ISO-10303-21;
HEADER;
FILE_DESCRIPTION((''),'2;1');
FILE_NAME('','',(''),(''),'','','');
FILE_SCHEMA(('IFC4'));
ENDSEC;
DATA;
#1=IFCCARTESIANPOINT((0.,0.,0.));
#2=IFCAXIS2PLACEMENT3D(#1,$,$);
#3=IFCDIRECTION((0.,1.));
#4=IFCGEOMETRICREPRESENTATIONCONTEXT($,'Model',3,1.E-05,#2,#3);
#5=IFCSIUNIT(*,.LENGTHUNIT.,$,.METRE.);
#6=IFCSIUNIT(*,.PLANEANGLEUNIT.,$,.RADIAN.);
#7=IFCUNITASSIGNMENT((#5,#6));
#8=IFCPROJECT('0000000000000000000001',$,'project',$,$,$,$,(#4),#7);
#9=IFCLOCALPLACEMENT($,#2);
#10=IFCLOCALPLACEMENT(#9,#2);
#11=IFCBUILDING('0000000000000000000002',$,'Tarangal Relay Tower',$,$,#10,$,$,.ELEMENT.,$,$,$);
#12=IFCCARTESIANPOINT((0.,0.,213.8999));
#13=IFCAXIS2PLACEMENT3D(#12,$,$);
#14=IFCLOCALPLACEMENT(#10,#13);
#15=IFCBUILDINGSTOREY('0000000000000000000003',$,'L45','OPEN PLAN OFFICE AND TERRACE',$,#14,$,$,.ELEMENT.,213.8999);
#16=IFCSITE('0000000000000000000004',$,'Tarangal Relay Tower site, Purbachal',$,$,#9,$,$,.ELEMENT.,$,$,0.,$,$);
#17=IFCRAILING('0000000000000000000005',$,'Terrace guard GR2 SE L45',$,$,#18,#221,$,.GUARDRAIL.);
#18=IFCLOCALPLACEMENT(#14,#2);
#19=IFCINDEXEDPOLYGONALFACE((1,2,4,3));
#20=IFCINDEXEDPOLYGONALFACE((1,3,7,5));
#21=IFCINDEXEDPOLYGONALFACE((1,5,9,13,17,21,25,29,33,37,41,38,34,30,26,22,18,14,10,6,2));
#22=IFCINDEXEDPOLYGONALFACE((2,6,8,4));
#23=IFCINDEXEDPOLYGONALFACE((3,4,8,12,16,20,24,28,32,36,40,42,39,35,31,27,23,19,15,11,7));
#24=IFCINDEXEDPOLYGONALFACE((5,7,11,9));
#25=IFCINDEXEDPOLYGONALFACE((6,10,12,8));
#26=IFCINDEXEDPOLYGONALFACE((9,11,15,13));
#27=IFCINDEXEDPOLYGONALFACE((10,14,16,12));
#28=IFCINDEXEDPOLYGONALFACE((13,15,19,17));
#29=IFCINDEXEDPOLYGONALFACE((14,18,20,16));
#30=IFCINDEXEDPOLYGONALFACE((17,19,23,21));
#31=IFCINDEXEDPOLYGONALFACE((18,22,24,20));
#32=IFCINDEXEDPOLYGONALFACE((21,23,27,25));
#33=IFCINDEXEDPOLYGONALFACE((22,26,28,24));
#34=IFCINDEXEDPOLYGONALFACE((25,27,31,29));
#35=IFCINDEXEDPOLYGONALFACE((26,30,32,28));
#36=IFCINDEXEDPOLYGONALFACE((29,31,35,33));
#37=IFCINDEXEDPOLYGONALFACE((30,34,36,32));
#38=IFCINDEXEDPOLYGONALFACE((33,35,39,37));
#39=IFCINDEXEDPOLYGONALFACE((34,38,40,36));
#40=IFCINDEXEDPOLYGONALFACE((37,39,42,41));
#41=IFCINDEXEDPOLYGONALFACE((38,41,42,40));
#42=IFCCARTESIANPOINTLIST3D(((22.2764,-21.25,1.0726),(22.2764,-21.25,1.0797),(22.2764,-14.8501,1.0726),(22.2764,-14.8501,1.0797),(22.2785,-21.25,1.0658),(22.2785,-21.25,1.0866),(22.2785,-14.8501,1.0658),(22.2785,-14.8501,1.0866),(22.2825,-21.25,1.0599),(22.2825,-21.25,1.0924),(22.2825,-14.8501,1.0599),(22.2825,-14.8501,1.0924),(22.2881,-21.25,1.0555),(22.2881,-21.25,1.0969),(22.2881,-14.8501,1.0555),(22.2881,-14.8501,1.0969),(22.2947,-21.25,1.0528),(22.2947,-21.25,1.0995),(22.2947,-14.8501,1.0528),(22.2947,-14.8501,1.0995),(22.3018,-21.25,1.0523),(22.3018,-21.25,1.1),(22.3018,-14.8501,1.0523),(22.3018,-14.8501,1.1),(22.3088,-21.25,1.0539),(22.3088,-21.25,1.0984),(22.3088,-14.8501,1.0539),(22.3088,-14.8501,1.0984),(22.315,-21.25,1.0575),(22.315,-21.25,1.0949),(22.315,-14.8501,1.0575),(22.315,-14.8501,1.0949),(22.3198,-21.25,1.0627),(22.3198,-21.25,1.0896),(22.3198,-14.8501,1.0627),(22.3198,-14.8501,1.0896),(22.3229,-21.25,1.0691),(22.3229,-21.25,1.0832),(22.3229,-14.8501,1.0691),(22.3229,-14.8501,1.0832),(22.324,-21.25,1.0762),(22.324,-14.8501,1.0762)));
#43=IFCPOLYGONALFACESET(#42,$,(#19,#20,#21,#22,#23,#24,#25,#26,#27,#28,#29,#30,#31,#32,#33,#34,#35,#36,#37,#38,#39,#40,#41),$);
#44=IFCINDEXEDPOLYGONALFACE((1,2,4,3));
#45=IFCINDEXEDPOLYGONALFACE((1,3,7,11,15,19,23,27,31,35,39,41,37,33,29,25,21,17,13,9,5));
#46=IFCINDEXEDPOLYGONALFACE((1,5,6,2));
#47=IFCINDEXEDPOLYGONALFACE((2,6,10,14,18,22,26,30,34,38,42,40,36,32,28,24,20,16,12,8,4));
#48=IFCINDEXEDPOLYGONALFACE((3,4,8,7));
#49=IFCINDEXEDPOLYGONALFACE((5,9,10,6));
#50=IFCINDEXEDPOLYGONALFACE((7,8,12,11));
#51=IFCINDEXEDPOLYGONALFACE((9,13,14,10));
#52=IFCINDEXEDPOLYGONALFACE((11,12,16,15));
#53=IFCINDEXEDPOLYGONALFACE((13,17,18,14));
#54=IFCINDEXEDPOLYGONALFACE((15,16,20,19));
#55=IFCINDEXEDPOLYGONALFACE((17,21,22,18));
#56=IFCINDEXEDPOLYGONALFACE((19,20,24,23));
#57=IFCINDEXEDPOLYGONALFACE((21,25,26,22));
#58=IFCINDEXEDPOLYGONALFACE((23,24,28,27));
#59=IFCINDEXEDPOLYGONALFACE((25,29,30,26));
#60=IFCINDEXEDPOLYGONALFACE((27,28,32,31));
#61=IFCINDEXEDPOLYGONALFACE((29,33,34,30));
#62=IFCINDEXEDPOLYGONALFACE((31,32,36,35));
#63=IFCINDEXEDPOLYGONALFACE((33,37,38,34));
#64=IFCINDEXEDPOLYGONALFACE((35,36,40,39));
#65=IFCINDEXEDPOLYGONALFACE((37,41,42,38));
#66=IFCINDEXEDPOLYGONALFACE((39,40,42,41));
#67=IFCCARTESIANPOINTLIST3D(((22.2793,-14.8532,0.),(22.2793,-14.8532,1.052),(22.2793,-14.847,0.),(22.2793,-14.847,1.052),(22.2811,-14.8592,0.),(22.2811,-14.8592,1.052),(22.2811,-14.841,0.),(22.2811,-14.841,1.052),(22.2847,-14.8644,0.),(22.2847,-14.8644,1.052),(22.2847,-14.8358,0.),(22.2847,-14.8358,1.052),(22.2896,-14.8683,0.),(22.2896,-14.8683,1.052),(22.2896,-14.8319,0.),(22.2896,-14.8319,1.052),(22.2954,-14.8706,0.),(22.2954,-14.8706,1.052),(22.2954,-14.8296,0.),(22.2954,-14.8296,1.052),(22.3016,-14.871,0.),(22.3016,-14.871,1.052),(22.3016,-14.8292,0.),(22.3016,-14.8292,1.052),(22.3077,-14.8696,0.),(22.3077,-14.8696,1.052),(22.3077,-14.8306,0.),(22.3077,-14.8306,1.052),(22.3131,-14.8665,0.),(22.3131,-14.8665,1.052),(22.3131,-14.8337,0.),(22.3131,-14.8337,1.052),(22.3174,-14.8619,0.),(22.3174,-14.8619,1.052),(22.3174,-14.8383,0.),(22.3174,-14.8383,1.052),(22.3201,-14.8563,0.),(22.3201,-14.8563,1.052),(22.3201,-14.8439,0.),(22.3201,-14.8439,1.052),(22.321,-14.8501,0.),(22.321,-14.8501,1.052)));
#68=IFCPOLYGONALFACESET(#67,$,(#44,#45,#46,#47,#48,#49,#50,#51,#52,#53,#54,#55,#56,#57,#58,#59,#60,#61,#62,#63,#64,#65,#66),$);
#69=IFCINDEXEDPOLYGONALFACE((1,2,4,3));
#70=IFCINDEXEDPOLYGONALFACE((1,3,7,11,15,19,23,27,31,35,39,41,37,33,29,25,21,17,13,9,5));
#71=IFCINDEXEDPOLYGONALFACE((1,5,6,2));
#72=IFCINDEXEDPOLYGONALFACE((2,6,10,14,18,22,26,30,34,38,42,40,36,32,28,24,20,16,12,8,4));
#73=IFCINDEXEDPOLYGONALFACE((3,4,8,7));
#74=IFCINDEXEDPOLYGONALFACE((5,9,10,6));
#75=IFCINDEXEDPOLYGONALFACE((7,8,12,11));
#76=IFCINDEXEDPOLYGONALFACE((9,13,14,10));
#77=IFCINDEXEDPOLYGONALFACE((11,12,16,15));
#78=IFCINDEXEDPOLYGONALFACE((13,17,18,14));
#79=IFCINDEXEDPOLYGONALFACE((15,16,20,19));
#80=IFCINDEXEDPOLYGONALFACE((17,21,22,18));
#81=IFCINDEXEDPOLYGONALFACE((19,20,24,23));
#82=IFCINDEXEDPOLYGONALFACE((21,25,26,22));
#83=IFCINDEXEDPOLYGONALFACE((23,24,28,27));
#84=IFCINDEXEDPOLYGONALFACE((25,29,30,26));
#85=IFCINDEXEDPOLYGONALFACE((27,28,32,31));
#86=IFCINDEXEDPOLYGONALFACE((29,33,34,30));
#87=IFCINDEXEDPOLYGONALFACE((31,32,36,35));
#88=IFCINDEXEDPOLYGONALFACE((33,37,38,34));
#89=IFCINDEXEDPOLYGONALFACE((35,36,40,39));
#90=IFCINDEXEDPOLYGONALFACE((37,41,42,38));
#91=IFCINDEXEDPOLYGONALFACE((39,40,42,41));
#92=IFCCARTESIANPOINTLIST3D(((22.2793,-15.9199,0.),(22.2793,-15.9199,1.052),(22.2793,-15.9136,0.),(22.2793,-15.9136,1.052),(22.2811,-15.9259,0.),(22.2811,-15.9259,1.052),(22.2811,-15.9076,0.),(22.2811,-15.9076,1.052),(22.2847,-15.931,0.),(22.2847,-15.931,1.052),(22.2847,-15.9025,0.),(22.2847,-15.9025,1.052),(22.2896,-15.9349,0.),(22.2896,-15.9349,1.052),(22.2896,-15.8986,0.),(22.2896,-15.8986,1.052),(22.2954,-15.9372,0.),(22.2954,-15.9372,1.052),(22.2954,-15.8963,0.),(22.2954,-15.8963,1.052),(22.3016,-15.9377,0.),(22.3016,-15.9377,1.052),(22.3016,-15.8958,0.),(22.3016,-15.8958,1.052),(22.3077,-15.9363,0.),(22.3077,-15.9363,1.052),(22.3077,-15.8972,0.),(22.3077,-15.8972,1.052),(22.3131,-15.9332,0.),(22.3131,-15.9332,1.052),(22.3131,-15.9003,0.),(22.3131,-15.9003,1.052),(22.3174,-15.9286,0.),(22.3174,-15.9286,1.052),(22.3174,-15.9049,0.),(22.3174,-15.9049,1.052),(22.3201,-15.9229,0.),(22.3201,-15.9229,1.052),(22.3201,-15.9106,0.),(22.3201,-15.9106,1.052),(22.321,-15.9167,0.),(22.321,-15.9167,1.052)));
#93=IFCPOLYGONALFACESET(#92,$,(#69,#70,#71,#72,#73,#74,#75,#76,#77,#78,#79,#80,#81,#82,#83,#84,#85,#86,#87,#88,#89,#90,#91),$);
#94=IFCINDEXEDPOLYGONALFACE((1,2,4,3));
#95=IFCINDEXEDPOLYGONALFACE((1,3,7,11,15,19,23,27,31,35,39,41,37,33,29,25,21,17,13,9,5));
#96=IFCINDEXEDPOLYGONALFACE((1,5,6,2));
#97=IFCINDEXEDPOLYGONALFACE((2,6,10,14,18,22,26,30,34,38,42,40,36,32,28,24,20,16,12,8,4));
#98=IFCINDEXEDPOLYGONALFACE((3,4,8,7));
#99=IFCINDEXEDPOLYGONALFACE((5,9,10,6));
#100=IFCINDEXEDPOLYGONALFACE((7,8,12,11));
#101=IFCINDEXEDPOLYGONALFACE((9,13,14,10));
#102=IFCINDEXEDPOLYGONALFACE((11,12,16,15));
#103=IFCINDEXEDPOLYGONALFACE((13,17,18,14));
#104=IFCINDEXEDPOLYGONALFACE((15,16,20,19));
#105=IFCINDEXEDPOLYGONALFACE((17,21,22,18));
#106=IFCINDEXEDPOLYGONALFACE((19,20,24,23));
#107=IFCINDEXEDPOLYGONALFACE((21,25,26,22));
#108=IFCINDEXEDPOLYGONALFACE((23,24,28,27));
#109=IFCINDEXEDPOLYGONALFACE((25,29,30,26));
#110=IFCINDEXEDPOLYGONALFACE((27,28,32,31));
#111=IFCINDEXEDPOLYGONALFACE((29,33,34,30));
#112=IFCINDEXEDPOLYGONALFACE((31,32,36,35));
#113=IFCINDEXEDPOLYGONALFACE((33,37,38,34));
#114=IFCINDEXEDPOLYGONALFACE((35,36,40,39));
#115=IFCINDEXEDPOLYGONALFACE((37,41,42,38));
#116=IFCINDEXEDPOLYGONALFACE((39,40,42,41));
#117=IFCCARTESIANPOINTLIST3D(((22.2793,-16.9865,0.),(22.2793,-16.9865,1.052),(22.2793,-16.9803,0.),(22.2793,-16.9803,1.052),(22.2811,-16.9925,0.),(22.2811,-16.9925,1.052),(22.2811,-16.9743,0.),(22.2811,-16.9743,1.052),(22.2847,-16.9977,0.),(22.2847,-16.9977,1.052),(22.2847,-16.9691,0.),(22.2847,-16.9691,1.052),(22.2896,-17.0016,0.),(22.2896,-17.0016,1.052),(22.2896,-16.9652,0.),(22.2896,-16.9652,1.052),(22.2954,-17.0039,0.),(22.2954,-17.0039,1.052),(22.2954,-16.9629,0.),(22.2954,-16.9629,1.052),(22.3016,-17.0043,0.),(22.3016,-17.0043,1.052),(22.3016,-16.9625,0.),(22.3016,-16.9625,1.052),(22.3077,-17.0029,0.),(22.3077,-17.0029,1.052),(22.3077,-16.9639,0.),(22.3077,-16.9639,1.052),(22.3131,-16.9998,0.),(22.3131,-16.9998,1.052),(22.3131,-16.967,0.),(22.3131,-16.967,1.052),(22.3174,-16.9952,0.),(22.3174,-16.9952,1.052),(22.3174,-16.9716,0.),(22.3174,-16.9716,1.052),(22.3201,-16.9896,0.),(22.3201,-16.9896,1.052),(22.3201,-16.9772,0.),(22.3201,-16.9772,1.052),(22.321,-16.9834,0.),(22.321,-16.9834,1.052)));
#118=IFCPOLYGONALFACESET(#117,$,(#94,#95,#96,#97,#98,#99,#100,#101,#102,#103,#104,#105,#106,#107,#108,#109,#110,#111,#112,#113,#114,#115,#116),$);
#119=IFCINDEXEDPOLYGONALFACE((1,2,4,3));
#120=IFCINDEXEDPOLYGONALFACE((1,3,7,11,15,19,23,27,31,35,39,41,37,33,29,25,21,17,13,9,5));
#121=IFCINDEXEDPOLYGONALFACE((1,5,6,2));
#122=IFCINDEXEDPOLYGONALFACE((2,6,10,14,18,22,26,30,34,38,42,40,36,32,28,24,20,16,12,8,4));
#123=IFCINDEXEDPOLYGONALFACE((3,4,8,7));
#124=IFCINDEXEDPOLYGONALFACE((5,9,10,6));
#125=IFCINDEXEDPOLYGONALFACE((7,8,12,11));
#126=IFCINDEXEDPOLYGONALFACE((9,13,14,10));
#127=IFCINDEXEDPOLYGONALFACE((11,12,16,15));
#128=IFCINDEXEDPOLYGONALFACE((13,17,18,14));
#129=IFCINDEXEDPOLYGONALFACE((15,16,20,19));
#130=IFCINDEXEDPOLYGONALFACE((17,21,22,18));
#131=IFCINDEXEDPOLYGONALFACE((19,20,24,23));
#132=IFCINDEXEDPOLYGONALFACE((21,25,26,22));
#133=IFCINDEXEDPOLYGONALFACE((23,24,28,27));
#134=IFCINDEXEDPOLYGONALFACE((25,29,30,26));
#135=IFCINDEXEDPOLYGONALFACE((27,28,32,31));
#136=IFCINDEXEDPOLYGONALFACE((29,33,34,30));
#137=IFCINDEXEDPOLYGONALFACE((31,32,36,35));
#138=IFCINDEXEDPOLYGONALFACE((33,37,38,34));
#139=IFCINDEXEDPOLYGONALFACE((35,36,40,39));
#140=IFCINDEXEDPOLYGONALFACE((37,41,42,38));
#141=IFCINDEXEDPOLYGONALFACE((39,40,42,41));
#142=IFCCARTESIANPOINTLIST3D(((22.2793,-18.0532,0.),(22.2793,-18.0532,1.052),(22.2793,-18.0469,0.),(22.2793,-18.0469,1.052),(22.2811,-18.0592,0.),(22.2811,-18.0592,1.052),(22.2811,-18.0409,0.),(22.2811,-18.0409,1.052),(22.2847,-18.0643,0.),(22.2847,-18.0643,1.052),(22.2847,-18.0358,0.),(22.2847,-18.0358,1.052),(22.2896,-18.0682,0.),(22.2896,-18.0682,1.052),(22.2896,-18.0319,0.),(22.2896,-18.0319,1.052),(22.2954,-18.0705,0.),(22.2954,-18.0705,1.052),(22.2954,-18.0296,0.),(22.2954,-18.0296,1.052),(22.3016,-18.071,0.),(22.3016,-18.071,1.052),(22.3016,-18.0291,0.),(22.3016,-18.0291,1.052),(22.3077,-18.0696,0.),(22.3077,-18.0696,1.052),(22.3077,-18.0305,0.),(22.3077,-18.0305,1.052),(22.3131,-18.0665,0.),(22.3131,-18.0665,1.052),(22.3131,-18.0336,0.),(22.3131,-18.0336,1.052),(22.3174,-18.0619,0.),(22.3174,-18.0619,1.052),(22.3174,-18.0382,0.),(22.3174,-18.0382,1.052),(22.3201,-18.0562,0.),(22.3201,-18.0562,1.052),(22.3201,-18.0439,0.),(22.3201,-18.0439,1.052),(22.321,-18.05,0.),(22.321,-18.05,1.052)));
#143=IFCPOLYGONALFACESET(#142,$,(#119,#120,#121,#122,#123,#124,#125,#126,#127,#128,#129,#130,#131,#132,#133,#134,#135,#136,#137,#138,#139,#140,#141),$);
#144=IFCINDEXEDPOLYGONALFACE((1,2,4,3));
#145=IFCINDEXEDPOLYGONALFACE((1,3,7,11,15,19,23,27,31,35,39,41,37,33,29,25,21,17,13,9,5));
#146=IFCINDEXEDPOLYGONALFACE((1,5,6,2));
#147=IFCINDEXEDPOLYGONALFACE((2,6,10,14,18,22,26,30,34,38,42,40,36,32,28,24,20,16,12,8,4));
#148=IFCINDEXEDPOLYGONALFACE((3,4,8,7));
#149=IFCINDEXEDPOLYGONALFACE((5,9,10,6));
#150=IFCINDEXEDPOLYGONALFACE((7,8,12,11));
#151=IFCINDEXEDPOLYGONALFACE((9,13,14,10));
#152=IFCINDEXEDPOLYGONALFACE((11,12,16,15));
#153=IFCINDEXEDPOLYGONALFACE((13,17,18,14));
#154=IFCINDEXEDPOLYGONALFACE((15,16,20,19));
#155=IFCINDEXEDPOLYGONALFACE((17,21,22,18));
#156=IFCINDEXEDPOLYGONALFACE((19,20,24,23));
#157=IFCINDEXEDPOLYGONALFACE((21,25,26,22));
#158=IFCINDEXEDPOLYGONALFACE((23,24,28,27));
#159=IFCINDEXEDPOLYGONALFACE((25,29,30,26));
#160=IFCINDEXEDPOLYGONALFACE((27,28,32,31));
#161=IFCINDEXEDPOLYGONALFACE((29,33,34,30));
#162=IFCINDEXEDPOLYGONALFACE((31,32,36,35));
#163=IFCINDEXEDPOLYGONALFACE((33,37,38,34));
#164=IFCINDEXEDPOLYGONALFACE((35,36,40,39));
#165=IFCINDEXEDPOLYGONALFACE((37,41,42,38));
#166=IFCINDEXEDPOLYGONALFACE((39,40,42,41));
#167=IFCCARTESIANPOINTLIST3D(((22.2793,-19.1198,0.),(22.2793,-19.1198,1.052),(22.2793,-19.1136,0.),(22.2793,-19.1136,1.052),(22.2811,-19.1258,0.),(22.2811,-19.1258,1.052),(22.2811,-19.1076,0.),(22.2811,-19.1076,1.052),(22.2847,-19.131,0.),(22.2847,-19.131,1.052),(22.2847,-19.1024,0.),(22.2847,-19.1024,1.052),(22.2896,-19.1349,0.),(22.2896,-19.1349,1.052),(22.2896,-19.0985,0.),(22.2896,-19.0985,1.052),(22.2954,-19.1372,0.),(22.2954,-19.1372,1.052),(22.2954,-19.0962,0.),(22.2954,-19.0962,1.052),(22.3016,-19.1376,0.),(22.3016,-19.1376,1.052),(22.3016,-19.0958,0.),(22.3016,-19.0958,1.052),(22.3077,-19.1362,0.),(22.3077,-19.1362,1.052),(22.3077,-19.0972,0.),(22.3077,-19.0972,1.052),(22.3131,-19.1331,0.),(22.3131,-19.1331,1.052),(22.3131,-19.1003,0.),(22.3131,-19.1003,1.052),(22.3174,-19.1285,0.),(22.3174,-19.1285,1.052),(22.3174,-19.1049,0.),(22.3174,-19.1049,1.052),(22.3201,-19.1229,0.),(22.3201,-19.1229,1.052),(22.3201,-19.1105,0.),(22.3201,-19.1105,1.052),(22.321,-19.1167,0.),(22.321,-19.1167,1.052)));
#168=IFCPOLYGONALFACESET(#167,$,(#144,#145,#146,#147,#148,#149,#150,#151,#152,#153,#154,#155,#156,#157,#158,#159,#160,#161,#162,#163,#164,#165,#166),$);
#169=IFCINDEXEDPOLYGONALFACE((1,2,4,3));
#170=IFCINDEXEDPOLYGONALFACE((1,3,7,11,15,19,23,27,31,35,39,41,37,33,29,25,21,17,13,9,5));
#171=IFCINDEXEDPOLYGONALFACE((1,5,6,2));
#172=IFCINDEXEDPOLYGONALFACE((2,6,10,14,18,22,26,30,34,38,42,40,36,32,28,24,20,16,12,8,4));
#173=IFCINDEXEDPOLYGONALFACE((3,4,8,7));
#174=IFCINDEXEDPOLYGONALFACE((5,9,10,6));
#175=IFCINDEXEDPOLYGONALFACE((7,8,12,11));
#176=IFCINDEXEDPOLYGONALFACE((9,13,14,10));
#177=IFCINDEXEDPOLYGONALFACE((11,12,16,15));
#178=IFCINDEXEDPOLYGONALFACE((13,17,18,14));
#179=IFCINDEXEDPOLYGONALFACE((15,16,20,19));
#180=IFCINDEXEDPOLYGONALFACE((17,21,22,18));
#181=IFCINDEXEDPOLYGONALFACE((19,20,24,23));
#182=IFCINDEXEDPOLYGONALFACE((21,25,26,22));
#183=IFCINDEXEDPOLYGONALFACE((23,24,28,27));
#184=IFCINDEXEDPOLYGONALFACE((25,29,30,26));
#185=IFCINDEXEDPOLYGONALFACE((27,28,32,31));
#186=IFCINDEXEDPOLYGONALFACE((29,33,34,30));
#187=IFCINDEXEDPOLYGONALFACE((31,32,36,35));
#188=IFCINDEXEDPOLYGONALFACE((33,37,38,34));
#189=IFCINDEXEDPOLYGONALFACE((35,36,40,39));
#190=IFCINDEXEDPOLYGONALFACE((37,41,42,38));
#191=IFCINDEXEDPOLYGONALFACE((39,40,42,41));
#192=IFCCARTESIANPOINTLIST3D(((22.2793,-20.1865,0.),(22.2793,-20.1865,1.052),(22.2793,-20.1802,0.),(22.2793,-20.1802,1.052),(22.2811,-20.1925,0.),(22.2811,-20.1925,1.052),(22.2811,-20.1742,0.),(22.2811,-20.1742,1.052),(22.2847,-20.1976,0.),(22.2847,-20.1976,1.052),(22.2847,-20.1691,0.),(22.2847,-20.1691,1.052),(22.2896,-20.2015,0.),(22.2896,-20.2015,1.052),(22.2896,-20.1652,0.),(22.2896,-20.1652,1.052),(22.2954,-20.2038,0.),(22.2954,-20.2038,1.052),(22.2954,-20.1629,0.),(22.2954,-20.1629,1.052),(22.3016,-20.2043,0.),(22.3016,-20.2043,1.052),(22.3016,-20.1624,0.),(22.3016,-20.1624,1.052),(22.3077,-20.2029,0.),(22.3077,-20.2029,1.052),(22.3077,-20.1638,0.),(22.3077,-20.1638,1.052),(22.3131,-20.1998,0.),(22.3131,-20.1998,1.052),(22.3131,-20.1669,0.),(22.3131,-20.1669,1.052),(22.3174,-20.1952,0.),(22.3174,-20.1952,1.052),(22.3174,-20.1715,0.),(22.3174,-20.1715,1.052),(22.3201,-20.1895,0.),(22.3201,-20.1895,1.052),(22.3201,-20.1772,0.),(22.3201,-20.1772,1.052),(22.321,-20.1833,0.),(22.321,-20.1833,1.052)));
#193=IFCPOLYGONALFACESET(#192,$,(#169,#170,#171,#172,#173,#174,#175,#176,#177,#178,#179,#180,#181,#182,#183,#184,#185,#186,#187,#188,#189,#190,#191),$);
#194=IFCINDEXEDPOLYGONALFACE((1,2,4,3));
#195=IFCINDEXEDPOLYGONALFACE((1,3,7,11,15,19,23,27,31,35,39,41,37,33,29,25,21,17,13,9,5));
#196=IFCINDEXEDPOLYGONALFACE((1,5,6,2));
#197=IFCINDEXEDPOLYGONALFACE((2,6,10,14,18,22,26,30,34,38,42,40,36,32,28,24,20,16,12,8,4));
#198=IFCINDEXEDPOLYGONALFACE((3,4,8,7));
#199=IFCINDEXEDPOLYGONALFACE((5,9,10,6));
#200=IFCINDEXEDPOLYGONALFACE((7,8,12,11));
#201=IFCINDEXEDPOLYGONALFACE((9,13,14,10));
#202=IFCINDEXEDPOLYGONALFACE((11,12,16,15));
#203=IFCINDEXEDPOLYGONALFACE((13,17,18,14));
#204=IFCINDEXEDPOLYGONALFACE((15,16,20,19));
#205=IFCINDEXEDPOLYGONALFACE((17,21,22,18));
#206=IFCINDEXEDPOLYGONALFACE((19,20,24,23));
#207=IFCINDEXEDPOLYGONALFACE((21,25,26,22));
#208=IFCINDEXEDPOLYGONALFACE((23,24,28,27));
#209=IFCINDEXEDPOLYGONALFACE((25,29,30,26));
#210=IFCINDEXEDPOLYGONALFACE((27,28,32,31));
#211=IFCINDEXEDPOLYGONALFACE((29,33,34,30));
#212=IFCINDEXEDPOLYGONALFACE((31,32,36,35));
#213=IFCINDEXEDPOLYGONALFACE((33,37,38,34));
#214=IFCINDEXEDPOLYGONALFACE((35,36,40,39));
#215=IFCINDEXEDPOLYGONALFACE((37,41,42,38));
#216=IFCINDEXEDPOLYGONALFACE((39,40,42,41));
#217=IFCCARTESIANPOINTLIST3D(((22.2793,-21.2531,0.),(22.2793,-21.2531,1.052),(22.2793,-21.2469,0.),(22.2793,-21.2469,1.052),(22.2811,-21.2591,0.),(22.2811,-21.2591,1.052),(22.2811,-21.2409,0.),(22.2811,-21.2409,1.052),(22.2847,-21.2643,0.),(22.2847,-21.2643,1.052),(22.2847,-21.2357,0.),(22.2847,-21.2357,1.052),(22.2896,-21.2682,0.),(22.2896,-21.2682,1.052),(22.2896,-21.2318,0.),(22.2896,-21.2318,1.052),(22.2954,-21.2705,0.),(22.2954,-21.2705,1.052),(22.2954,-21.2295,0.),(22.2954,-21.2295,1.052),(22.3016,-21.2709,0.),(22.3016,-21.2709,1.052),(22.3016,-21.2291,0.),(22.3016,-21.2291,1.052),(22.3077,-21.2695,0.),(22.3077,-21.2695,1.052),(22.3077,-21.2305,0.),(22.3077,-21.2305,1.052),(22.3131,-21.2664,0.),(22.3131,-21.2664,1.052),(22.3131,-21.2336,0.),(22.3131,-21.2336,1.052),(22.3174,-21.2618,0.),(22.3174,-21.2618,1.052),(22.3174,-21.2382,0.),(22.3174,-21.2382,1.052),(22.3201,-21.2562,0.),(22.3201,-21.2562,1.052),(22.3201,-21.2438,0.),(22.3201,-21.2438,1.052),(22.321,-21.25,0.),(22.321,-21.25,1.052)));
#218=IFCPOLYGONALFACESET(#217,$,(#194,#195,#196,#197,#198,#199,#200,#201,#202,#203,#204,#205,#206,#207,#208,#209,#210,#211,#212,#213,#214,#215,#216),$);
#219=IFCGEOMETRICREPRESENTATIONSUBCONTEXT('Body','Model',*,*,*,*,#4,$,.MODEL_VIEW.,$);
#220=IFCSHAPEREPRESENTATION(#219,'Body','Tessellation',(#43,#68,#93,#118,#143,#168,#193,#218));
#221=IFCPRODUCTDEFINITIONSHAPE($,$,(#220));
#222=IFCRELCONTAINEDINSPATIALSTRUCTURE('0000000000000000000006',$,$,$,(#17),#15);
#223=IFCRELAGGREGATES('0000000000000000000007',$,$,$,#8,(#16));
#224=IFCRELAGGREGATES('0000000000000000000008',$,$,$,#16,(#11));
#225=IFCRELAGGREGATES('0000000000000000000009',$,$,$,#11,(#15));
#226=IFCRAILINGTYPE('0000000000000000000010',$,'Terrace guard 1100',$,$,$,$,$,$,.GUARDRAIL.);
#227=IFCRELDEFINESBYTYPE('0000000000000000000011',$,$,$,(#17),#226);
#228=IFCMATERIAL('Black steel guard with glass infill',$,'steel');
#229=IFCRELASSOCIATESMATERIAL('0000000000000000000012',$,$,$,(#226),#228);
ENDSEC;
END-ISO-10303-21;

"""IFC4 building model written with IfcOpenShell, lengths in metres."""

from ifc_helpers import new_model, si_unit, direction, frame, origin, origin_2d, place, context, subcontext, project, spatial, circle, extrude, material, type_object, element, save


model = new_model("IFC4")

# Units and contexts
model_context = context("Model", 3, precision=1e-05, world=origin(), true_north=direction((0.0, 1.0)))
body_context = subcontext(model_context, "Body", "Model", "MODEL_VIEW")
ifc_project = project(units=[si_unit("LENGTHUNIT", "METRE"), si_unit("PLANEANGLEUNIT", "RADIAN")], contexts=[model_context])

# Site, building, storey
site_placement = place(None, origin())
site = spatial("IfcSite", under=ifc_project, at=site_placement, Name="Tarangal Relay Tower site, Purbachal", CompositionType="ELEMENT", RefElevation=0.0)
building_placement = place(site_placement, origin())
building = spatial("IfcBuilding", under=site, at=building_placement, Name="Tarangal Relay Tower", CompositionType="ELEMENT")
storey_placement = place(building_placement, frame((0.0, 0.0, 213.8999)))
storey = spatial("IfcBuildingStorey", under=building, at=storey_placement, Name="L45", Description="OPEN PLAN OFFICE AND TERRACE", CompositionType="ELEMENT", Elevation=213.8999)

# Railing
ifc_material_1 = material(Name="Black steel guard with glass infill", Category="steel")
railing_type = type_object("IfcRailingType", Name="Terrace guard 1100", PredefinedType="GUARDRAIL", material=ifc_material_1)
railing_1_placement = place(storey_placement, frame((22.3, -14.8501, 0.0)))
element("IfcRailing", 1, at=railing_1_placement, inside=storey, type_object=railing_type, Name="Terrace guard GR2 SE L45", PredefinedType="GUARDRAIL", context=body_context, shape_type="SweptSolid", body=[
    extrude(circle(Radius=0.0239, at=origin_2d()), frame((0.0, 0.0, 1.0762), z_axis=(0.0, -1.0, 0.0), x_axis=(1.0, 0.0, 0.0)), (0.0, 0.0, 1.0), 6.3999),
    extrude(circle(Radius=0.021, at=origin_2d()), origin(), (0.0, 0.0, 1.0), 1.052),
    extrude(circle(Radius=0.021, at=origin_2d()), frame((0.0, -1.0667, 0.0)), (0.0, 0.0, 1.0), 1.052),
    extrude(circle(Radius=0.021, at=origin_2d()), frame((0.0, -2.1333, 0.0)), (0.0, 0.0, 1.0), 1.052),
    extrude(circle(Radius=0.021, at=origin_2d()), frame((0.0, -3.2, 0.0)), (0.0, 0.0, 1.0), 1.052),
    extrude(circle(Radius=0.021, at=origin_2d()), frame((0.0, -4.2666, 0.0)), (0.0, 0.0, 1.0), 1.052),
    extrude(circle(Radius=0.021, at=origin_2d()), frame((0.0, -5.3333, 0.0)), (0.0, 0.0, 1.0), 1.052),
    extrude(circle(Radius=0.021, at=origin_2d()), frame((0.0, -6.3999, 0.0)), (0.0, 0.0, 1.0), 1.052),
])

save(model, "model.ifc")
